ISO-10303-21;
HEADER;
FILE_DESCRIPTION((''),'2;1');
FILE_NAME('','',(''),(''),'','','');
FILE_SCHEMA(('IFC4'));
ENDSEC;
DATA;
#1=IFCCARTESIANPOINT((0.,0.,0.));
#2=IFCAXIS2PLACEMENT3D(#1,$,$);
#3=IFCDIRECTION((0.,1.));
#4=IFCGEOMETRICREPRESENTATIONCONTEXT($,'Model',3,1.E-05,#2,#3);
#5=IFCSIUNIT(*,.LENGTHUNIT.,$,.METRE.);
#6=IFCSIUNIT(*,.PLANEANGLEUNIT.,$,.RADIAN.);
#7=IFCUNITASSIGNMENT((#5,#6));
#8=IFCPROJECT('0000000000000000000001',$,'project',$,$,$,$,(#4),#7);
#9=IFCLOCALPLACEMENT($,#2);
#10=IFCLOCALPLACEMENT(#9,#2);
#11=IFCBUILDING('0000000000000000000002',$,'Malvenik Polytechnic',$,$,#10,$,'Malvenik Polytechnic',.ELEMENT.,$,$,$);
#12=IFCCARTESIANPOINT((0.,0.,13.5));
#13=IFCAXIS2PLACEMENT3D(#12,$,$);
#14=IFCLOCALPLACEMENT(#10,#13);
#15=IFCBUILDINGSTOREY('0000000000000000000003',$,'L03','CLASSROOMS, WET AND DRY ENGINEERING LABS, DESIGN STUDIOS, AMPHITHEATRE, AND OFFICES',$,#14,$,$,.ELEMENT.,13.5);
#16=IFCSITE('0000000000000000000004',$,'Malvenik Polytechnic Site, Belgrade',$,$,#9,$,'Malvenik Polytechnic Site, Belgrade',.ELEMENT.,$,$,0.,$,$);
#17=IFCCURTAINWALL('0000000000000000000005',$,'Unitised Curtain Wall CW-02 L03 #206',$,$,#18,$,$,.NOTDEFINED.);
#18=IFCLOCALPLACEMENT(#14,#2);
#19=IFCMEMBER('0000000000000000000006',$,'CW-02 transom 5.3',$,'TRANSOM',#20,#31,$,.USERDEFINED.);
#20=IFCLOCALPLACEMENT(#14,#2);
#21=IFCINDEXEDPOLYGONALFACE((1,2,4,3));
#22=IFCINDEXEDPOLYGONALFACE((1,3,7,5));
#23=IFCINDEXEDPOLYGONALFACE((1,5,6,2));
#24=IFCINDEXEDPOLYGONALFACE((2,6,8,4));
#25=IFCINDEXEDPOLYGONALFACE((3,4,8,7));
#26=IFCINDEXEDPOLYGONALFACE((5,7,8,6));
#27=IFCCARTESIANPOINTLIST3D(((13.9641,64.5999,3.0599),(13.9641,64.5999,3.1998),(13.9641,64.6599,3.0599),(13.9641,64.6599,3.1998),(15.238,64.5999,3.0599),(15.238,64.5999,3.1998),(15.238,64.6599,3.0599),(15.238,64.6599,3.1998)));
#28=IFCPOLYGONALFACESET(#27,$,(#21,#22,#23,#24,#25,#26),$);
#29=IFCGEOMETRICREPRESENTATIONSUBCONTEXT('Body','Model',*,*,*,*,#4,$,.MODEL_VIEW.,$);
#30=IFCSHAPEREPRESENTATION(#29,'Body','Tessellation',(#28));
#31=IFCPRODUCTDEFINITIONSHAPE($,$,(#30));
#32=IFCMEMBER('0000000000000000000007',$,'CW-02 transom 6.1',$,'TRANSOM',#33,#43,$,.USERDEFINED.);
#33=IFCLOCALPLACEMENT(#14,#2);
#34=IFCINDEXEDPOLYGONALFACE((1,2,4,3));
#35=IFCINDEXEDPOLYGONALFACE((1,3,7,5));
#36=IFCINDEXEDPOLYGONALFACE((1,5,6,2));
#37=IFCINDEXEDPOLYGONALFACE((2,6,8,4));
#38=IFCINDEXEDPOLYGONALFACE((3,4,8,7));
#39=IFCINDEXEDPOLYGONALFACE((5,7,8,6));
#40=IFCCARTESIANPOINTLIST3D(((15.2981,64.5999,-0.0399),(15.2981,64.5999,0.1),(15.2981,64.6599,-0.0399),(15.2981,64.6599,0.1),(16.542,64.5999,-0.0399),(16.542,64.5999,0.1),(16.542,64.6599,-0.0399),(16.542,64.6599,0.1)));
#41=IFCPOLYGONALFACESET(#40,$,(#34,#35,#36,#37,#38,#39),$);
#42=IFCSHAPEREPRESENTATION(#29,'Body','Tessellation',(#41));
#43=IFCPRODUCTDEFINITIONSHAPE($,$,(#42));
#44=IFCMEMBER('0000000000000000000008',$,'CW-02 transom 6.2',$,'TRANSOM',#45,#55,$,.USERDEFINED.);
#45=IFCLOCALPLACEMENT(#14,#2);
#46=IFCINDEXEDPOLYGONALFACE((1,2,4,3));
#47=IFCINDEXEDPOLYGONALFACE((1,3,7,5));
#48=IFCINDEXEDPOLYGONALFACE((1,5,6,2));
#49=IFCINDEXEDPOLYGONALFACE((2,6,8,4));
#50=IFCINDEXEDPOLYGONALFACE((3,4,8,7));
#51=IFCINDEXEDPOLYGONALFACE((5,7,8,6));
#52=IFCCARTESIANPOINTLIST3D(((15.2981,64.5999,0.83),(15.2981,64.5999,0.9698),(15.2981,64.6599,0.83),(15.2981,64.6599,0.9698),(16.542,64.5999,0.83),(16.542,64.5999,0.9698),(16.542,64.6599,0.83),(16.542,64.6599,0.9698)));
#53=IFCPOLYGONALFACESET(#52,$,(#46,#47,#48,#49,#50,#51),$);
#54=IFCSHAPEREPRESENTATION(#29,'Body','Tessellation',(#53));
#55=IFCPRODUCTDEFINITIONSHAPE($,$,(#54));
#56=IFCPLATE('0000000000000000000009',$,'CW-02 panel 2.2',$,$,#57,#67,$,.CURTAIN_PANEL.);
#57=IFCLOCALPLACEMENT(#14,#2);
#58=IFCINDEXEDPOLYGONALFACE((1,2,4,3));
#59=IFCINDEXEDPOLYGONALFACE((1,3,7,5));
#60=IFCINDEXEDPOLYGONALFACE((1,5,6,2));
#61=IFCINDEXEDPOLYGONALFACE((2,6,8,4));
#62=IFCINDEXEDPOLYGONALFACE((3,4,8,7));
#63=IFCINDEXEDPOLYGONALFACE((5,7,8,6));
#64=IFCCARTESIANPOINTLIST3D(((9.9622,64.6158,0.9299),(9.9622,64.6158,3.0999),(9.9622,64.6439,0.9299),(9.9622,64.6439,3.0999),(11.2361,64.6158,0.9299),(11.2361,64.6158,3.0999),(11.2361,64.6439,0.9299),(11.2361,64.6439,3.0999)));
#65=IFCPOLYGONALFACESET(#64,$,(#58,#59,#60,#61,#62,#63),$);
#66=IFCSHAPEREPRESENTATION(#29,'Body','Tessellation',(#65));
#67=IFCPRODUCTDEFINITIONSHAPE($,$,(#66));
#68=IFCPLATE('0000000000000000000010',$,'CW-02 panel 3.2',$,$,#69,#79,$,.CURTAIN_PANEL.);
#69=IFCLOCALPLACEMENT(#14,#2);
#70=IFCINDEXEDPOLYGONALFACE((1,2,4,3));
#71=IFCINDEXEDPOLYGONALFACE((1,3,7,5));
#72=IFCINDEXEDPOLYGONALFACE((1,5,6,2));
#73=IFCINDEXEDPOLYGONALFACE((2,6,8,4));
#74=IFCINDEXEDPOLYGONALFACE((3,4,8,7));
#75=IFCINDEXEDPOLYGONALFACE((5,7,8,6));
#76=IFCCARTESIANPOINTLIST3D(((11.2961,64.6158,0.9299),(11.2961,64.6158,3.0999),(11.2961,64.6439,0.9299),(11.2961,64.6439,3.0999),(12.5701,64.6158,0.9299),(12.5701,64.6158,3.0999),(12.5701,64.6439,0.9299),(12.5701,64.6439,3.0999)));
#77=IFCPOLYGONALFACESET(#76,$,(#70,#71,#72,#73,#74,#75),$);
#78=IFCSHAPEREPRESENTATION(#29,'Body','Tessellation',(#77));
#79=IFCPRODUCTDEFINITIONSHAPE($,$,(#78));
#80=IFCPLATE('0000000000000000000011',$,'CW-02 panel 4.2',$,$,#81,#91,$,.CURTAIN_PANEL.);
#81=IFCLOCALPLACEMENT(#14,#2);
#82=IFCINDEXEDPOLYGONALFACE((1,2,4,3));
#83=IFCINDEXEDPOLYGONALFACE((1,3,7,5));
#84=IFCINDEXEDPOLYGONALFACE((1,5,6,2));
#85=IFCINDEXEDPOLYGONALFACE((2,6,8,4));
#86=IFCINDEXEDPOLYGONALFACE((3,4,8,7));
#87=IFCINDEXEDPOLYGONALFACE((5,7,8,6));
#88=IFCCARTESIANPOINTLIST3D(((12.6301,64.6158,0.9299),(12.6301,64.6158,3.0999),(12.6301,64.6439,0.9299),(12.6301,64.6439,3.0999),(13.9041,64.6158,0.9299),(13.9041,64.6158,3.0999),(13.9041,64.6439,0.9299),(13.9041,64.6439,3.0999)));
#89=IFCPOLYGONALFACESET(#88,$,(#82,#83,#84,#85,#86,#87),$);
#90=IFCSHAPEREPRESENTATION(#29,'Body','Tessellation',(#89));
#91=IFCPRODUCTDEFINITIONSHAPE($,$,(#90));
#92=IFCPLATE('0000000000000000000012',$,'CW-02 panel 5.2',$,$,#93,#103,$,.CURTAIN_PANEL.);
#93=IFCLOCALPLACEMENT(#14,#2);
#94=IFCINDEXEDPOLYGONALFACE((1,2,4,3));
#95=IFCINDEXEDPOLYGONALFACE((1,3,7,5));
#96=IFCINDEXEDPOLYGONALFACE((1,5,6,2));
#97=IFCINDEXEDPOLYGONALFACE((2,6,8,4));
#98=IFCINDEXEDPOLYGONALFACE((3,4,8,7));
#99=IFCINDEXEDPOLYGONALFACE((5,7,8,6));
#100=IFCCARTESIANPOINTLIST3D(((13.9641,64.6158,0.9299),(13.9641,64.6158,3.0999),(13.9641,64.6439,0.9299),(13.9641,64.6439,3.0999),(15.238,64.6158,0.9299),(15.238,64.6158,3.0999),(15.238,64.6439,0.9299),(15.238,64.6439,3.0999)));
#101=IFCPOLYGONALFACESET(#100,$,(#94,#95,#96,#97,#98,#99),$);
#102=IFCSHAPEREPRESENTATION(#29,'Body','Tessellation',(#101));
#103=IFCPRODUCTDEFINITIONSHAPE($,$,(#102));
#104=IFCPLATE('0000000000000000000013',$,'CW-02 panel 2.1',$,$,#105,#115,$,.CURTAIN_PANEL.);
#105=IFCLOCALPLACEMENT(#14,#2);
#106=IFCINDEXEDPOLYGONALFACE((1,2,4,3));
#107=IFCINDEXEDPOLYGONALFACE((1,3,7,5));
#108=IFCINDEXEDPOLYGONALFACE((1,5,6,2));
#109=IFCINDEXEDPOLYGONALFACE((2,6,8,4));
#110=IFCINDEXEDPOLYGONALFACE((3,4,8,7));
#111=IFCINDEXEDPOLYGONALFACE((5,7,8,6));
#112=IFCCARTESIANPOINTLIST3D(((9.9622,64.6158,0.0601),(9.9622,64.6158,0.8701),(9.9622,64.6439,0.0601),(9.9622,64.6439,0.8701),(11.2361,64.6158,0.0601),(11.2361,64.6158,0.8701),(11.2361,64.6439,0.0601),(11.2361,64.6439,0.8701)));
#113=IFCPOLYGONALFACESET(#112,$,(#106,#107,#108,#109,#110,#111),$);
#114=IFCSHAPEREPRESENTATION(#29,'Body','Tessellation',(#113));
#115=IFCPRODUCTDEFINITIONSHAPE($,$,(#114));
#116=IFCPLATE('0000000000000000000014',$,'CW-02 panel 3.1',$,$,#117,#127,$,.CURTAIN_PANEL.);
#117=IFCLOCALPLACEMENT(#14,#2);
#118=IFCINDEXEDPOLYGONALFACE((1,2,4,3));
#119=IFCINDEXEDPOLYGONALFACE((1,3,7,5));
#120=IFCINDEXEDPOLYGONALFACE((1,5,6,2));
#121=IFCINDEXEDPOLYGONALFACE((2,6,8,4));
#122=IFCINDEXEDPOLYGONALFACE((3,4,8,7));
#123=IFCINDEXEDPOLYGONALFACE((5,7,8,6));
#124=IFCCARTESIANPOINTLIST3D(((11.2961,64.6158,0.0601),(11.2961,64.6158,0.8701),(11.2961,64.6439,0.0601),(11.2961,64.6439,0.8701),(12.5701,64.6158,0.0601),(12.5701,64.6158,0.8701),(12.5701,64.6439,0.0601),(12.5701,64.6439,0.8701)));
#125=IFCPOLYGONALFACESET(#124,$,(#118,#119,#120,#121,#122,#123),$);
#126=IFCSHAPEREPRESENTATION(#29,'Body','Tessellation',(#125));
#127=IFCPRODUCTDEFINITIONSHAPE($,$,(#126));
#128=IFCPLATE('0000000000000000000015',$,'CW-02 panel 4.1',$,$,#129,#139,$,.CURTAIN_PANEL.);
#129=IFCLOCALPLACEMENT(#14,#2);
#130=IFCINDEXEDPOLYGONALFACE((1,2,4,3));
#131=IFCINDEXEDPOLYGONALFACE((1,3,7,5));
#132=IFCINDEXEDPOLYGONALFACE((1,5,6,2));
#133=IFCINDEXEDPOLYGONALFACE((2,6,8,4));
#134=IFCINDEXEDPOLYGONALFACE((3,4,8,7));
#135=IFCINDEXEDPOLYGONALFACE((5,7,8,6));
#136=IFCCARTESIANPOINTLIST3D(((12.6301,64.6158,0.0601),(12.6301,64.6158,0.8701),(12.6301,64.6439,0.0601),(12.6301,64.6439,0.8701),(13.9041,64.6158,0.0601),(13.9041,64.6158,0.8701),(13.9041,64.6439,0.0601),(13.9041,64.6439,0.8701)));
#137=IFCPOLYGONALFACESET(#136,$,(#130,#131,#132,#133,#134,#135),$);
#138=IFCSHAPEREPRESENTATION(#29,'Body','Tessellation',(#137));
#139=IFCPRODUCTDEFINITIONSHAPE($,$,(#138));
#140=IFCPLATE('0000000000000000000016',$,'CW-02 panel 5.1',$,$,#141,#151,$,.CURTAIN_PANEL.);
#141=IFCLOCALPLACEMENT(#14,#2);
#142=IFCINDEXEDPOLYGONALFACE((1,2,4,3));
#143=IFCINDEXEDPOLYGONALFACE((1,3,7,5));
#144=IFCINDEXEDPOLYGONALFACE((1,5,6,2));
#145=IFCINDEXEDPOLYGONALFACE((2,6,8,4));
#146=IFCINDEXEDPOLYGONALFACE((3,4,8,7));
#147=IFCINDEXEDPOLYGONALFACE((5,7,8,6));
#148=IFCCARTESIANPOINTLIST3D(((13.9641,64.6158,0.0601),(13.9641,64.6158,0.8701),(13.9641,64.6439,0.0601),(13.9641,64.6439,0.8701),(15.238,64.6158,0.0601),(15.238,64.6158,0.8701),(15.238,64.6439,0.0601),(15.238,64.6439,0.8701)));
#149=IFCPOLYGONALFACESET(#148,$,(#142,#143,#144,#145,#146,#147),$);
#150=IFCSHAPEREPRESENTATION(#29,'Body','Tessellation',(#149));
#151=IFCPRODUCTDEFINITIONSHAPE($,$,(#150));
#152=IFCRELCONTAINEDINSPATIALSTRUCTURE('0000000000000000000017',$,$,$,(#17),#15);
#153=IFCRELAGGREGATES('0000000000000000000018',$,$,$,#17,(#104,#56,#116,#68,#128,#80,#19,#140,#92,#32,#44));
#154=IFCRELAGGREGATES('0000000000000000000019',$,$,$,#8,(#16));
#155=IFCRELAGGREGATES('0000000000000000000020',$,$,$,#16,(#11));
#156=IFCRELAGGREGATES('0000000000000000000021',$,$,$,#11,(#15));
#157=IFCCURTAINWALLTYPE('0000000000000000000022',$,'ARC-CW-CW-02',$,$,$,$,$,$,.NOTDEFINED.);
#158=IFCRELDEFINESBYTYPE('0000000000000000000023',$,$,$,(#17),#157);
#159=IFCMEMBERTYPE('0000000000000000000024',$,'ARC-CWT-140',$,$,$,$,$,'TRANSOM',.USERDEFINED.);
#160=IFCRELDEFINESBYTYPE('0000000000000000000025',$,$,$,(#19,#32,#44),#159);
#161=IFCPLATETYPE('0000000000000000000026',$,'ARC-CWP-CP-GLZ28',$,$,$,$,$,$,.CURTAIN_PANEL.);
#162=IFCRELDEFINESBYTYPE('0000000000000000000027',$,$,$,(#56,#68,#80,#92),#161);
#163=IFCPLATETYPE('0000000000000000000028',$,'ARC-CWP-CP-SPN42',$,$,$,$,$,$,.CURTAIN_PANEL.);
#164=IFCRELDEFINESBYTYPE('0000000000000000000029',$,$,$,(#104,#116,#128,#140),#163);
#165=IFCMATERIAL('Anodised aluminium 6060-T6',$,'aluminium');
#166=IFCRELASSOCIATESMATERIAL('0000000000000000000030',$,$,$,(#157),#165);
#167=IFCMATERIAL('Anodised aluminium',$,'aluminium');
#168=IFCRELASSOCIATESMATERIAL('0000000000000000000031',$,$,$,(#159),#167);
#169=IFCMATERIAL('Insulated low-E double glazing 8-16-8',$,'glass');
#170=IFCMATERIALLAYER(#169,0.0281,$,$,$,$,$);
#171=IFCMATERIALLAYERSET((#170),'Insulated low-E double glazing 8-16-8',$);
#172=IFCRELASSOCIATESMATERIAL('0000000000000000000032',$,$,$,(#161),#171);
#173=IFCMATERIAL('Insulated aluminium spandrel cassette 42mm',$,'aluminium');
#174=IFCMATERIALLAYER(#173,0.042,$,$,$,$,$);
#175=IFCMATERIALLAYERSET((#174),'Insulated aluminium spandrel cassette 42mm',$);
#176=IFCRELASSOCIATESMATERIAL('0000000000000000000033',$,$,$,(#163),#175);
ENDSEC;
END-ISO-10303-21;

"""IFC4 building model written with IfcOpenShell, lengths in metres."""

from ifc_helpers import new_model, si_unit, direction, frame, origin, origin_2d, place, context, subcontext, project, spatial, rectangle, extrude, material, layer, layer_set, material_profile, profile_set, type_object, element, aggregate, save


model = new_model("IFC4")

# Units and contexts
model_context = context("Model", 3, precision=1e-05, world=origin(), true_north=direction((0.0, 1.0)))
body_context = subcontext(model_context, "Body", "Model", "MODEL_VIEW")
ifc_project = project(units=[si_unit("LENGTHUNIT", "METRE"), si_unit("PLANEANGLEUNIT", "RADIAN")], contexts=[model_context])

# Site, building, storey
site_placement = place(None, origin())
site = spatial("IfcSite", under=ifc_project, at=site_placement, Name="Malvenik Polytechnic Site, Belgrade", LongName="Malvenik Polytechnic Site, Belgrade", CompositionType="ELEMENT", RefElevation=0.0)
building_placement = place(site_placement, origin())
building = spatial("IfcBuilding", under=site, at=building_placement, Name="Malvenik Polytechnic", LongName="Malvenik Polytechnic", CompositionType="ELEMENT")
storey_placement = place(building_placement, frame((0.0, 0.0, 13.5)))
storey = spatial("IfcBuildingStorey", under=building, at=storey_placement, Name="L03", Description="CLASSROOMS, WET AND DRY ENGINEERING LABS, DESIGN STUDIOS, AMPHITHEATRE, AND OFFICES", CompositionType="ELEMENT", Elevation=13.5)

# Curtain wall, members, plates
ifc_material_1 = material(Name="Anodised aluminium 6060-T6", Category="aluminium")
curtain_wall_type = type_object("IfcCurtainWallType", Name="ARC-CW-CW-02", PredefinedType="NOTDEFINED", material=ifc_material_1)
curtain_wall_placement = place(storey_placement, origin())
curtain_wall = element("IfcCurtainWall", 1, at=curtain_wall_placement, inside=storey, type_object=curtain_wall_type, Name="Unitised Curtain Wall CW-02 L03 #206", PredefinedType="NOTDEFINED")
ifc_material_2 = material(Name="Anodised aluminium", Category="aluminium")
ifc_material_profile_1 = material_profile(ifc_material_2, rectangle(XDim=0.0601, YDim=0.1399, at=origin_2d()), Name="ALU TRANSOM 60x140")
ifc_profile_set_1 = profile_set([ifc_material_profile_1], Name="Anodised aluminium")
member_type_1 = type_object("IfcMemberType", Name="ARC-CWT-140", ElementType="TRANSOM", PredefinedType="USERDEFINED", material=ifc_profile_set_1)
member_1_placement = place(storey_placement, frame((13.9641, 64.6299, 3.1299), z_axis=(1.0, 0.0, 0.0), x_axis=(0.0, 1.0, 0.0)))
member_1 = element("IfcMember", 2, at=member_1_placement, type_object=member_type_1, Name="CW-02 transom 5.3", ObjectType="TRANSOM", PredefinedType="USERDEFINED", context=body_context, shape_type="SweptSolid", body=[
    extrude(rectangle(XDim=0.0601, YDim=0.1399, at=origin_2d()), origin(), (0.0, 0.0, 1.0), 1.2739),
])
member_2_placement = place(storey_placement, frame((15.2981, 64.6299, 0.03), z_axis=(1.0, 0.0, 0.0), x_axis=(0.0, 1.0, 0.0)))
member_2 = element("IfcMember", 3, at=member_2_placement, type_object=member_type_1, Name="CW-02 transom 6.1", ObjectType="TRANSOM", PredefinedType="USERDEFINED", context=body_context, shape_type="SweptSolid", body=[
    extrude(rectangle(XDim=0.0601, YDim=0.1399, at=origin_2d()), origin(), (0.0, 0.0, 1.0), 1.2439),
])
member_3_placement = place(storey_placement, frame((15.2981, 64.6299, 0.8999), z_axis=(1.0, 0.0, 0.0), x_axis=(0.0, 1.0, 0.0)))
member_3 = element("IfcMember", 4, at=member_3_placement, type_object=member_type_1, Name="CW-02 transom 6.2", ObjectType="TRANSOM", PredefinedType="USERDEFINED", context=body_context, shape_type="SweptSolid", body=[
    extrude(rectangle(XDim=0.0601, YDim=0.1399, at=origin_2d()), origin(), (0.0, 0.0, 1.0), 1.2439),
])
ifc_material_3 = material(Name="Insulated low-E double glazing 8-16-8", Category="glass")
ifc_layer_1 = layer(ifc_material_3, 0.0281)
ifc_layer_set_1 = layer_set([ifc_layer_1], Name="Insulated low-E double glazing 8-16-8")
plate_type_1 = type_object("IfcPlateType", Name="ARC-CWP-CP-GLZ28", PredefinedType="CURTAIN_PANEL", material=ifc_layer_set_1)
plate_1_placement = place(storey_placement, frame((10.5991, 64.6299, 0.9299), z_axis=(0.0, 0.0, 1.0), x_axis=(1.0, 0.0, 0.0)))
plate_1 = element("IfcPlate", 5, at=plate_1_placement, type_object=plate_type_1, Name="CW-02 panel 2.2", PredefinedType="CURTAIN_PANEL", context=body_context, shape_type="SweptSolid", body=[
    extrude(rectangle(XDim=1.2739, YDim=0.0281, at=origin_2d()), origin(), (0.0, 0.0, 1.0), 2.1699),
])
plate_2_placement = place(storey_placement, frame((11.9331, 64.6299, 0.9299), z_axis=(0.0, 0.0, 1.0), x_axis=(1.0, 0.0, 0.0)))
plate_2 = element("IfcPlate", 6, at=plate_2_placement, type_object=plate_type_1, Name="CW-02 panel 3.2", PredefinedType="CURTAIN_PANEL", context=body_context, shape_type="SweptSolid", body=[
    extrude(rectangle(XDim=1.2739, YDim=0.0281, at=origin_2d()), origin(), (0.0, 0.0, 1.0), 2.1699),
])
plate_3_placement = place(storey_placement, frame((13.2671, 64.6299, 0.9299), z_axis=(0.0, 0.0, 1.0), x_axis=(1.0, 0.0, 0.0)))
plate_3 = element("IfcPlate", 7, at=plate_3_placement, type_object=plate_type_1, Name="CW-02 panel 4.2", PredefinedType="CURTAIN_PANEL", context=body_context, shape_type="SweptSolid", body=[
    extrude(rectangle(XDim=1.2739, YDim=0.0281, at=origin_2d()), origin(), (0.0, 0.0, 1.0), 2.1699),
])
plate_4_placement = place(storey_placement, frame((14.6011, 64.6299, 0.9299), z_axis=(0.0, 0.0, 1.0), x_axis=(1.0, 0.0, 0.0)))
plate_4 = element("IfcPlate", 8, at=plate_4_placement, type_object=plate_type_1, Name="CW-02 panel 5.2", PredefinedType="CURTAIN_PANEL", context=body_context, shape_type="SweptSolid", body=[
    extrude(rectangle(XDim=1.2739, YDim=0.0281, at=origin_2d()), origin(), (0.0, 0.0, 1.0), 2.1699),
])
ifc_material_4 = material(Name="Insulated aluminium spandrel cassette 42mm", Category="aluminium")
ifc_layer_2 = layer(ifc_material_4, 0.042)
ifc_layer_set_2 = layer_set([ifc_layer_2], Name="Insulated aluminium spandrel cassette 42mm")
plate_type_2 = type_object("IfcPlateType", Name="ARC-CWP-CP-SPN42", PredefinedType="CURTAIN_PANEL", material=ifc_layer_set_2)
plate_5_placement = place(storey_placement, frame((10.5991, 64.6299, 0.0601), z_axis=(0.0, 0.0, 1.0), x_axis=(1.0, 0.0, 0.0)))
plate_5 = element("IfcPlate", 9, at=plate_5_placement, type_object=plate_type_2, Name="CW-02 panel 2.1", PredefinedType="CURTAIN_PANEL", context=body_context, shape_type="SweptSolid", body=[
    extrude(rectangle(XDim=1.2739, YDim=0.0281, at=origin_2d()), origin(), (0.0, 0.0, 1.0), 0.8101),
])
plate_6_placement = place(storey_placement, frame((11.9331, 64.6299, 0.0601), z_axis=(0.0, 0.0, 1.0), x_axis=(1.0, 0.0, 0.0)))
plate_6 = element("IfcPlate", 10, at=plate_6_placement, type_object=plate_type_2, Name="CW-02 panel 3.1", PredefinedType="CURTAIN_PANEL", context=body_context, shape_type="SweptSolid", body=[
    extrude(rectangle(XDim=1.2739, YDim=0.0281, at=origin_2d()), origin(), (0.0, 0.0, 1.0), 0.8101),
])
plate_7_placement = place(storey_placement, frame((13.2671, 64.6299, 0.0601), z_axis=(0.0, 0.0, 1.0), x_axis=(1.0, 0.0, 0.0)))
plate_7 = element("IfcPlate", 11, at=plate_7_placement, type_object=plate_type_2, Name="CW-02 panel 4.1", PredefinedType="CURTAIN_PANEL", context=body_context, shape_type="SweptSolid", body=[
    extrude(rectangle(XDim=1.2739, YDim=0.0281, at=origin_2d()), origin(), (0.0, 0.0, 1.0), 0.8101),
])
plate_8_placement = place(storey_placement, frame((14.6011, 64.6299, 0.0601), z_axis=(0.0, 0.0, 1.0), x_axis=(1.0, 0.0, 0.0)))
plate_8 = element("IfcPlate", 12, at=plate_8_placement, type_object=plate_type_2, Name="CW-02 panel 5.1", PredefinedType="CURTAIN_PANEL", context=body_context, shape_type="SweptSolid", body=[
    extrude(rectangle(XDim=1.2739, YDim=0.0281, at=origin_2d()), origin(), (0.0, 0.0, 1.0), 0.8101),
])
aggregate(curtain_wall, [plate_5, plate_1, plate_6, plate_2, plate_7, plate_3, member_1, plate_8, plate_4, member_2, member_3])

save(model, "model.ifc")
